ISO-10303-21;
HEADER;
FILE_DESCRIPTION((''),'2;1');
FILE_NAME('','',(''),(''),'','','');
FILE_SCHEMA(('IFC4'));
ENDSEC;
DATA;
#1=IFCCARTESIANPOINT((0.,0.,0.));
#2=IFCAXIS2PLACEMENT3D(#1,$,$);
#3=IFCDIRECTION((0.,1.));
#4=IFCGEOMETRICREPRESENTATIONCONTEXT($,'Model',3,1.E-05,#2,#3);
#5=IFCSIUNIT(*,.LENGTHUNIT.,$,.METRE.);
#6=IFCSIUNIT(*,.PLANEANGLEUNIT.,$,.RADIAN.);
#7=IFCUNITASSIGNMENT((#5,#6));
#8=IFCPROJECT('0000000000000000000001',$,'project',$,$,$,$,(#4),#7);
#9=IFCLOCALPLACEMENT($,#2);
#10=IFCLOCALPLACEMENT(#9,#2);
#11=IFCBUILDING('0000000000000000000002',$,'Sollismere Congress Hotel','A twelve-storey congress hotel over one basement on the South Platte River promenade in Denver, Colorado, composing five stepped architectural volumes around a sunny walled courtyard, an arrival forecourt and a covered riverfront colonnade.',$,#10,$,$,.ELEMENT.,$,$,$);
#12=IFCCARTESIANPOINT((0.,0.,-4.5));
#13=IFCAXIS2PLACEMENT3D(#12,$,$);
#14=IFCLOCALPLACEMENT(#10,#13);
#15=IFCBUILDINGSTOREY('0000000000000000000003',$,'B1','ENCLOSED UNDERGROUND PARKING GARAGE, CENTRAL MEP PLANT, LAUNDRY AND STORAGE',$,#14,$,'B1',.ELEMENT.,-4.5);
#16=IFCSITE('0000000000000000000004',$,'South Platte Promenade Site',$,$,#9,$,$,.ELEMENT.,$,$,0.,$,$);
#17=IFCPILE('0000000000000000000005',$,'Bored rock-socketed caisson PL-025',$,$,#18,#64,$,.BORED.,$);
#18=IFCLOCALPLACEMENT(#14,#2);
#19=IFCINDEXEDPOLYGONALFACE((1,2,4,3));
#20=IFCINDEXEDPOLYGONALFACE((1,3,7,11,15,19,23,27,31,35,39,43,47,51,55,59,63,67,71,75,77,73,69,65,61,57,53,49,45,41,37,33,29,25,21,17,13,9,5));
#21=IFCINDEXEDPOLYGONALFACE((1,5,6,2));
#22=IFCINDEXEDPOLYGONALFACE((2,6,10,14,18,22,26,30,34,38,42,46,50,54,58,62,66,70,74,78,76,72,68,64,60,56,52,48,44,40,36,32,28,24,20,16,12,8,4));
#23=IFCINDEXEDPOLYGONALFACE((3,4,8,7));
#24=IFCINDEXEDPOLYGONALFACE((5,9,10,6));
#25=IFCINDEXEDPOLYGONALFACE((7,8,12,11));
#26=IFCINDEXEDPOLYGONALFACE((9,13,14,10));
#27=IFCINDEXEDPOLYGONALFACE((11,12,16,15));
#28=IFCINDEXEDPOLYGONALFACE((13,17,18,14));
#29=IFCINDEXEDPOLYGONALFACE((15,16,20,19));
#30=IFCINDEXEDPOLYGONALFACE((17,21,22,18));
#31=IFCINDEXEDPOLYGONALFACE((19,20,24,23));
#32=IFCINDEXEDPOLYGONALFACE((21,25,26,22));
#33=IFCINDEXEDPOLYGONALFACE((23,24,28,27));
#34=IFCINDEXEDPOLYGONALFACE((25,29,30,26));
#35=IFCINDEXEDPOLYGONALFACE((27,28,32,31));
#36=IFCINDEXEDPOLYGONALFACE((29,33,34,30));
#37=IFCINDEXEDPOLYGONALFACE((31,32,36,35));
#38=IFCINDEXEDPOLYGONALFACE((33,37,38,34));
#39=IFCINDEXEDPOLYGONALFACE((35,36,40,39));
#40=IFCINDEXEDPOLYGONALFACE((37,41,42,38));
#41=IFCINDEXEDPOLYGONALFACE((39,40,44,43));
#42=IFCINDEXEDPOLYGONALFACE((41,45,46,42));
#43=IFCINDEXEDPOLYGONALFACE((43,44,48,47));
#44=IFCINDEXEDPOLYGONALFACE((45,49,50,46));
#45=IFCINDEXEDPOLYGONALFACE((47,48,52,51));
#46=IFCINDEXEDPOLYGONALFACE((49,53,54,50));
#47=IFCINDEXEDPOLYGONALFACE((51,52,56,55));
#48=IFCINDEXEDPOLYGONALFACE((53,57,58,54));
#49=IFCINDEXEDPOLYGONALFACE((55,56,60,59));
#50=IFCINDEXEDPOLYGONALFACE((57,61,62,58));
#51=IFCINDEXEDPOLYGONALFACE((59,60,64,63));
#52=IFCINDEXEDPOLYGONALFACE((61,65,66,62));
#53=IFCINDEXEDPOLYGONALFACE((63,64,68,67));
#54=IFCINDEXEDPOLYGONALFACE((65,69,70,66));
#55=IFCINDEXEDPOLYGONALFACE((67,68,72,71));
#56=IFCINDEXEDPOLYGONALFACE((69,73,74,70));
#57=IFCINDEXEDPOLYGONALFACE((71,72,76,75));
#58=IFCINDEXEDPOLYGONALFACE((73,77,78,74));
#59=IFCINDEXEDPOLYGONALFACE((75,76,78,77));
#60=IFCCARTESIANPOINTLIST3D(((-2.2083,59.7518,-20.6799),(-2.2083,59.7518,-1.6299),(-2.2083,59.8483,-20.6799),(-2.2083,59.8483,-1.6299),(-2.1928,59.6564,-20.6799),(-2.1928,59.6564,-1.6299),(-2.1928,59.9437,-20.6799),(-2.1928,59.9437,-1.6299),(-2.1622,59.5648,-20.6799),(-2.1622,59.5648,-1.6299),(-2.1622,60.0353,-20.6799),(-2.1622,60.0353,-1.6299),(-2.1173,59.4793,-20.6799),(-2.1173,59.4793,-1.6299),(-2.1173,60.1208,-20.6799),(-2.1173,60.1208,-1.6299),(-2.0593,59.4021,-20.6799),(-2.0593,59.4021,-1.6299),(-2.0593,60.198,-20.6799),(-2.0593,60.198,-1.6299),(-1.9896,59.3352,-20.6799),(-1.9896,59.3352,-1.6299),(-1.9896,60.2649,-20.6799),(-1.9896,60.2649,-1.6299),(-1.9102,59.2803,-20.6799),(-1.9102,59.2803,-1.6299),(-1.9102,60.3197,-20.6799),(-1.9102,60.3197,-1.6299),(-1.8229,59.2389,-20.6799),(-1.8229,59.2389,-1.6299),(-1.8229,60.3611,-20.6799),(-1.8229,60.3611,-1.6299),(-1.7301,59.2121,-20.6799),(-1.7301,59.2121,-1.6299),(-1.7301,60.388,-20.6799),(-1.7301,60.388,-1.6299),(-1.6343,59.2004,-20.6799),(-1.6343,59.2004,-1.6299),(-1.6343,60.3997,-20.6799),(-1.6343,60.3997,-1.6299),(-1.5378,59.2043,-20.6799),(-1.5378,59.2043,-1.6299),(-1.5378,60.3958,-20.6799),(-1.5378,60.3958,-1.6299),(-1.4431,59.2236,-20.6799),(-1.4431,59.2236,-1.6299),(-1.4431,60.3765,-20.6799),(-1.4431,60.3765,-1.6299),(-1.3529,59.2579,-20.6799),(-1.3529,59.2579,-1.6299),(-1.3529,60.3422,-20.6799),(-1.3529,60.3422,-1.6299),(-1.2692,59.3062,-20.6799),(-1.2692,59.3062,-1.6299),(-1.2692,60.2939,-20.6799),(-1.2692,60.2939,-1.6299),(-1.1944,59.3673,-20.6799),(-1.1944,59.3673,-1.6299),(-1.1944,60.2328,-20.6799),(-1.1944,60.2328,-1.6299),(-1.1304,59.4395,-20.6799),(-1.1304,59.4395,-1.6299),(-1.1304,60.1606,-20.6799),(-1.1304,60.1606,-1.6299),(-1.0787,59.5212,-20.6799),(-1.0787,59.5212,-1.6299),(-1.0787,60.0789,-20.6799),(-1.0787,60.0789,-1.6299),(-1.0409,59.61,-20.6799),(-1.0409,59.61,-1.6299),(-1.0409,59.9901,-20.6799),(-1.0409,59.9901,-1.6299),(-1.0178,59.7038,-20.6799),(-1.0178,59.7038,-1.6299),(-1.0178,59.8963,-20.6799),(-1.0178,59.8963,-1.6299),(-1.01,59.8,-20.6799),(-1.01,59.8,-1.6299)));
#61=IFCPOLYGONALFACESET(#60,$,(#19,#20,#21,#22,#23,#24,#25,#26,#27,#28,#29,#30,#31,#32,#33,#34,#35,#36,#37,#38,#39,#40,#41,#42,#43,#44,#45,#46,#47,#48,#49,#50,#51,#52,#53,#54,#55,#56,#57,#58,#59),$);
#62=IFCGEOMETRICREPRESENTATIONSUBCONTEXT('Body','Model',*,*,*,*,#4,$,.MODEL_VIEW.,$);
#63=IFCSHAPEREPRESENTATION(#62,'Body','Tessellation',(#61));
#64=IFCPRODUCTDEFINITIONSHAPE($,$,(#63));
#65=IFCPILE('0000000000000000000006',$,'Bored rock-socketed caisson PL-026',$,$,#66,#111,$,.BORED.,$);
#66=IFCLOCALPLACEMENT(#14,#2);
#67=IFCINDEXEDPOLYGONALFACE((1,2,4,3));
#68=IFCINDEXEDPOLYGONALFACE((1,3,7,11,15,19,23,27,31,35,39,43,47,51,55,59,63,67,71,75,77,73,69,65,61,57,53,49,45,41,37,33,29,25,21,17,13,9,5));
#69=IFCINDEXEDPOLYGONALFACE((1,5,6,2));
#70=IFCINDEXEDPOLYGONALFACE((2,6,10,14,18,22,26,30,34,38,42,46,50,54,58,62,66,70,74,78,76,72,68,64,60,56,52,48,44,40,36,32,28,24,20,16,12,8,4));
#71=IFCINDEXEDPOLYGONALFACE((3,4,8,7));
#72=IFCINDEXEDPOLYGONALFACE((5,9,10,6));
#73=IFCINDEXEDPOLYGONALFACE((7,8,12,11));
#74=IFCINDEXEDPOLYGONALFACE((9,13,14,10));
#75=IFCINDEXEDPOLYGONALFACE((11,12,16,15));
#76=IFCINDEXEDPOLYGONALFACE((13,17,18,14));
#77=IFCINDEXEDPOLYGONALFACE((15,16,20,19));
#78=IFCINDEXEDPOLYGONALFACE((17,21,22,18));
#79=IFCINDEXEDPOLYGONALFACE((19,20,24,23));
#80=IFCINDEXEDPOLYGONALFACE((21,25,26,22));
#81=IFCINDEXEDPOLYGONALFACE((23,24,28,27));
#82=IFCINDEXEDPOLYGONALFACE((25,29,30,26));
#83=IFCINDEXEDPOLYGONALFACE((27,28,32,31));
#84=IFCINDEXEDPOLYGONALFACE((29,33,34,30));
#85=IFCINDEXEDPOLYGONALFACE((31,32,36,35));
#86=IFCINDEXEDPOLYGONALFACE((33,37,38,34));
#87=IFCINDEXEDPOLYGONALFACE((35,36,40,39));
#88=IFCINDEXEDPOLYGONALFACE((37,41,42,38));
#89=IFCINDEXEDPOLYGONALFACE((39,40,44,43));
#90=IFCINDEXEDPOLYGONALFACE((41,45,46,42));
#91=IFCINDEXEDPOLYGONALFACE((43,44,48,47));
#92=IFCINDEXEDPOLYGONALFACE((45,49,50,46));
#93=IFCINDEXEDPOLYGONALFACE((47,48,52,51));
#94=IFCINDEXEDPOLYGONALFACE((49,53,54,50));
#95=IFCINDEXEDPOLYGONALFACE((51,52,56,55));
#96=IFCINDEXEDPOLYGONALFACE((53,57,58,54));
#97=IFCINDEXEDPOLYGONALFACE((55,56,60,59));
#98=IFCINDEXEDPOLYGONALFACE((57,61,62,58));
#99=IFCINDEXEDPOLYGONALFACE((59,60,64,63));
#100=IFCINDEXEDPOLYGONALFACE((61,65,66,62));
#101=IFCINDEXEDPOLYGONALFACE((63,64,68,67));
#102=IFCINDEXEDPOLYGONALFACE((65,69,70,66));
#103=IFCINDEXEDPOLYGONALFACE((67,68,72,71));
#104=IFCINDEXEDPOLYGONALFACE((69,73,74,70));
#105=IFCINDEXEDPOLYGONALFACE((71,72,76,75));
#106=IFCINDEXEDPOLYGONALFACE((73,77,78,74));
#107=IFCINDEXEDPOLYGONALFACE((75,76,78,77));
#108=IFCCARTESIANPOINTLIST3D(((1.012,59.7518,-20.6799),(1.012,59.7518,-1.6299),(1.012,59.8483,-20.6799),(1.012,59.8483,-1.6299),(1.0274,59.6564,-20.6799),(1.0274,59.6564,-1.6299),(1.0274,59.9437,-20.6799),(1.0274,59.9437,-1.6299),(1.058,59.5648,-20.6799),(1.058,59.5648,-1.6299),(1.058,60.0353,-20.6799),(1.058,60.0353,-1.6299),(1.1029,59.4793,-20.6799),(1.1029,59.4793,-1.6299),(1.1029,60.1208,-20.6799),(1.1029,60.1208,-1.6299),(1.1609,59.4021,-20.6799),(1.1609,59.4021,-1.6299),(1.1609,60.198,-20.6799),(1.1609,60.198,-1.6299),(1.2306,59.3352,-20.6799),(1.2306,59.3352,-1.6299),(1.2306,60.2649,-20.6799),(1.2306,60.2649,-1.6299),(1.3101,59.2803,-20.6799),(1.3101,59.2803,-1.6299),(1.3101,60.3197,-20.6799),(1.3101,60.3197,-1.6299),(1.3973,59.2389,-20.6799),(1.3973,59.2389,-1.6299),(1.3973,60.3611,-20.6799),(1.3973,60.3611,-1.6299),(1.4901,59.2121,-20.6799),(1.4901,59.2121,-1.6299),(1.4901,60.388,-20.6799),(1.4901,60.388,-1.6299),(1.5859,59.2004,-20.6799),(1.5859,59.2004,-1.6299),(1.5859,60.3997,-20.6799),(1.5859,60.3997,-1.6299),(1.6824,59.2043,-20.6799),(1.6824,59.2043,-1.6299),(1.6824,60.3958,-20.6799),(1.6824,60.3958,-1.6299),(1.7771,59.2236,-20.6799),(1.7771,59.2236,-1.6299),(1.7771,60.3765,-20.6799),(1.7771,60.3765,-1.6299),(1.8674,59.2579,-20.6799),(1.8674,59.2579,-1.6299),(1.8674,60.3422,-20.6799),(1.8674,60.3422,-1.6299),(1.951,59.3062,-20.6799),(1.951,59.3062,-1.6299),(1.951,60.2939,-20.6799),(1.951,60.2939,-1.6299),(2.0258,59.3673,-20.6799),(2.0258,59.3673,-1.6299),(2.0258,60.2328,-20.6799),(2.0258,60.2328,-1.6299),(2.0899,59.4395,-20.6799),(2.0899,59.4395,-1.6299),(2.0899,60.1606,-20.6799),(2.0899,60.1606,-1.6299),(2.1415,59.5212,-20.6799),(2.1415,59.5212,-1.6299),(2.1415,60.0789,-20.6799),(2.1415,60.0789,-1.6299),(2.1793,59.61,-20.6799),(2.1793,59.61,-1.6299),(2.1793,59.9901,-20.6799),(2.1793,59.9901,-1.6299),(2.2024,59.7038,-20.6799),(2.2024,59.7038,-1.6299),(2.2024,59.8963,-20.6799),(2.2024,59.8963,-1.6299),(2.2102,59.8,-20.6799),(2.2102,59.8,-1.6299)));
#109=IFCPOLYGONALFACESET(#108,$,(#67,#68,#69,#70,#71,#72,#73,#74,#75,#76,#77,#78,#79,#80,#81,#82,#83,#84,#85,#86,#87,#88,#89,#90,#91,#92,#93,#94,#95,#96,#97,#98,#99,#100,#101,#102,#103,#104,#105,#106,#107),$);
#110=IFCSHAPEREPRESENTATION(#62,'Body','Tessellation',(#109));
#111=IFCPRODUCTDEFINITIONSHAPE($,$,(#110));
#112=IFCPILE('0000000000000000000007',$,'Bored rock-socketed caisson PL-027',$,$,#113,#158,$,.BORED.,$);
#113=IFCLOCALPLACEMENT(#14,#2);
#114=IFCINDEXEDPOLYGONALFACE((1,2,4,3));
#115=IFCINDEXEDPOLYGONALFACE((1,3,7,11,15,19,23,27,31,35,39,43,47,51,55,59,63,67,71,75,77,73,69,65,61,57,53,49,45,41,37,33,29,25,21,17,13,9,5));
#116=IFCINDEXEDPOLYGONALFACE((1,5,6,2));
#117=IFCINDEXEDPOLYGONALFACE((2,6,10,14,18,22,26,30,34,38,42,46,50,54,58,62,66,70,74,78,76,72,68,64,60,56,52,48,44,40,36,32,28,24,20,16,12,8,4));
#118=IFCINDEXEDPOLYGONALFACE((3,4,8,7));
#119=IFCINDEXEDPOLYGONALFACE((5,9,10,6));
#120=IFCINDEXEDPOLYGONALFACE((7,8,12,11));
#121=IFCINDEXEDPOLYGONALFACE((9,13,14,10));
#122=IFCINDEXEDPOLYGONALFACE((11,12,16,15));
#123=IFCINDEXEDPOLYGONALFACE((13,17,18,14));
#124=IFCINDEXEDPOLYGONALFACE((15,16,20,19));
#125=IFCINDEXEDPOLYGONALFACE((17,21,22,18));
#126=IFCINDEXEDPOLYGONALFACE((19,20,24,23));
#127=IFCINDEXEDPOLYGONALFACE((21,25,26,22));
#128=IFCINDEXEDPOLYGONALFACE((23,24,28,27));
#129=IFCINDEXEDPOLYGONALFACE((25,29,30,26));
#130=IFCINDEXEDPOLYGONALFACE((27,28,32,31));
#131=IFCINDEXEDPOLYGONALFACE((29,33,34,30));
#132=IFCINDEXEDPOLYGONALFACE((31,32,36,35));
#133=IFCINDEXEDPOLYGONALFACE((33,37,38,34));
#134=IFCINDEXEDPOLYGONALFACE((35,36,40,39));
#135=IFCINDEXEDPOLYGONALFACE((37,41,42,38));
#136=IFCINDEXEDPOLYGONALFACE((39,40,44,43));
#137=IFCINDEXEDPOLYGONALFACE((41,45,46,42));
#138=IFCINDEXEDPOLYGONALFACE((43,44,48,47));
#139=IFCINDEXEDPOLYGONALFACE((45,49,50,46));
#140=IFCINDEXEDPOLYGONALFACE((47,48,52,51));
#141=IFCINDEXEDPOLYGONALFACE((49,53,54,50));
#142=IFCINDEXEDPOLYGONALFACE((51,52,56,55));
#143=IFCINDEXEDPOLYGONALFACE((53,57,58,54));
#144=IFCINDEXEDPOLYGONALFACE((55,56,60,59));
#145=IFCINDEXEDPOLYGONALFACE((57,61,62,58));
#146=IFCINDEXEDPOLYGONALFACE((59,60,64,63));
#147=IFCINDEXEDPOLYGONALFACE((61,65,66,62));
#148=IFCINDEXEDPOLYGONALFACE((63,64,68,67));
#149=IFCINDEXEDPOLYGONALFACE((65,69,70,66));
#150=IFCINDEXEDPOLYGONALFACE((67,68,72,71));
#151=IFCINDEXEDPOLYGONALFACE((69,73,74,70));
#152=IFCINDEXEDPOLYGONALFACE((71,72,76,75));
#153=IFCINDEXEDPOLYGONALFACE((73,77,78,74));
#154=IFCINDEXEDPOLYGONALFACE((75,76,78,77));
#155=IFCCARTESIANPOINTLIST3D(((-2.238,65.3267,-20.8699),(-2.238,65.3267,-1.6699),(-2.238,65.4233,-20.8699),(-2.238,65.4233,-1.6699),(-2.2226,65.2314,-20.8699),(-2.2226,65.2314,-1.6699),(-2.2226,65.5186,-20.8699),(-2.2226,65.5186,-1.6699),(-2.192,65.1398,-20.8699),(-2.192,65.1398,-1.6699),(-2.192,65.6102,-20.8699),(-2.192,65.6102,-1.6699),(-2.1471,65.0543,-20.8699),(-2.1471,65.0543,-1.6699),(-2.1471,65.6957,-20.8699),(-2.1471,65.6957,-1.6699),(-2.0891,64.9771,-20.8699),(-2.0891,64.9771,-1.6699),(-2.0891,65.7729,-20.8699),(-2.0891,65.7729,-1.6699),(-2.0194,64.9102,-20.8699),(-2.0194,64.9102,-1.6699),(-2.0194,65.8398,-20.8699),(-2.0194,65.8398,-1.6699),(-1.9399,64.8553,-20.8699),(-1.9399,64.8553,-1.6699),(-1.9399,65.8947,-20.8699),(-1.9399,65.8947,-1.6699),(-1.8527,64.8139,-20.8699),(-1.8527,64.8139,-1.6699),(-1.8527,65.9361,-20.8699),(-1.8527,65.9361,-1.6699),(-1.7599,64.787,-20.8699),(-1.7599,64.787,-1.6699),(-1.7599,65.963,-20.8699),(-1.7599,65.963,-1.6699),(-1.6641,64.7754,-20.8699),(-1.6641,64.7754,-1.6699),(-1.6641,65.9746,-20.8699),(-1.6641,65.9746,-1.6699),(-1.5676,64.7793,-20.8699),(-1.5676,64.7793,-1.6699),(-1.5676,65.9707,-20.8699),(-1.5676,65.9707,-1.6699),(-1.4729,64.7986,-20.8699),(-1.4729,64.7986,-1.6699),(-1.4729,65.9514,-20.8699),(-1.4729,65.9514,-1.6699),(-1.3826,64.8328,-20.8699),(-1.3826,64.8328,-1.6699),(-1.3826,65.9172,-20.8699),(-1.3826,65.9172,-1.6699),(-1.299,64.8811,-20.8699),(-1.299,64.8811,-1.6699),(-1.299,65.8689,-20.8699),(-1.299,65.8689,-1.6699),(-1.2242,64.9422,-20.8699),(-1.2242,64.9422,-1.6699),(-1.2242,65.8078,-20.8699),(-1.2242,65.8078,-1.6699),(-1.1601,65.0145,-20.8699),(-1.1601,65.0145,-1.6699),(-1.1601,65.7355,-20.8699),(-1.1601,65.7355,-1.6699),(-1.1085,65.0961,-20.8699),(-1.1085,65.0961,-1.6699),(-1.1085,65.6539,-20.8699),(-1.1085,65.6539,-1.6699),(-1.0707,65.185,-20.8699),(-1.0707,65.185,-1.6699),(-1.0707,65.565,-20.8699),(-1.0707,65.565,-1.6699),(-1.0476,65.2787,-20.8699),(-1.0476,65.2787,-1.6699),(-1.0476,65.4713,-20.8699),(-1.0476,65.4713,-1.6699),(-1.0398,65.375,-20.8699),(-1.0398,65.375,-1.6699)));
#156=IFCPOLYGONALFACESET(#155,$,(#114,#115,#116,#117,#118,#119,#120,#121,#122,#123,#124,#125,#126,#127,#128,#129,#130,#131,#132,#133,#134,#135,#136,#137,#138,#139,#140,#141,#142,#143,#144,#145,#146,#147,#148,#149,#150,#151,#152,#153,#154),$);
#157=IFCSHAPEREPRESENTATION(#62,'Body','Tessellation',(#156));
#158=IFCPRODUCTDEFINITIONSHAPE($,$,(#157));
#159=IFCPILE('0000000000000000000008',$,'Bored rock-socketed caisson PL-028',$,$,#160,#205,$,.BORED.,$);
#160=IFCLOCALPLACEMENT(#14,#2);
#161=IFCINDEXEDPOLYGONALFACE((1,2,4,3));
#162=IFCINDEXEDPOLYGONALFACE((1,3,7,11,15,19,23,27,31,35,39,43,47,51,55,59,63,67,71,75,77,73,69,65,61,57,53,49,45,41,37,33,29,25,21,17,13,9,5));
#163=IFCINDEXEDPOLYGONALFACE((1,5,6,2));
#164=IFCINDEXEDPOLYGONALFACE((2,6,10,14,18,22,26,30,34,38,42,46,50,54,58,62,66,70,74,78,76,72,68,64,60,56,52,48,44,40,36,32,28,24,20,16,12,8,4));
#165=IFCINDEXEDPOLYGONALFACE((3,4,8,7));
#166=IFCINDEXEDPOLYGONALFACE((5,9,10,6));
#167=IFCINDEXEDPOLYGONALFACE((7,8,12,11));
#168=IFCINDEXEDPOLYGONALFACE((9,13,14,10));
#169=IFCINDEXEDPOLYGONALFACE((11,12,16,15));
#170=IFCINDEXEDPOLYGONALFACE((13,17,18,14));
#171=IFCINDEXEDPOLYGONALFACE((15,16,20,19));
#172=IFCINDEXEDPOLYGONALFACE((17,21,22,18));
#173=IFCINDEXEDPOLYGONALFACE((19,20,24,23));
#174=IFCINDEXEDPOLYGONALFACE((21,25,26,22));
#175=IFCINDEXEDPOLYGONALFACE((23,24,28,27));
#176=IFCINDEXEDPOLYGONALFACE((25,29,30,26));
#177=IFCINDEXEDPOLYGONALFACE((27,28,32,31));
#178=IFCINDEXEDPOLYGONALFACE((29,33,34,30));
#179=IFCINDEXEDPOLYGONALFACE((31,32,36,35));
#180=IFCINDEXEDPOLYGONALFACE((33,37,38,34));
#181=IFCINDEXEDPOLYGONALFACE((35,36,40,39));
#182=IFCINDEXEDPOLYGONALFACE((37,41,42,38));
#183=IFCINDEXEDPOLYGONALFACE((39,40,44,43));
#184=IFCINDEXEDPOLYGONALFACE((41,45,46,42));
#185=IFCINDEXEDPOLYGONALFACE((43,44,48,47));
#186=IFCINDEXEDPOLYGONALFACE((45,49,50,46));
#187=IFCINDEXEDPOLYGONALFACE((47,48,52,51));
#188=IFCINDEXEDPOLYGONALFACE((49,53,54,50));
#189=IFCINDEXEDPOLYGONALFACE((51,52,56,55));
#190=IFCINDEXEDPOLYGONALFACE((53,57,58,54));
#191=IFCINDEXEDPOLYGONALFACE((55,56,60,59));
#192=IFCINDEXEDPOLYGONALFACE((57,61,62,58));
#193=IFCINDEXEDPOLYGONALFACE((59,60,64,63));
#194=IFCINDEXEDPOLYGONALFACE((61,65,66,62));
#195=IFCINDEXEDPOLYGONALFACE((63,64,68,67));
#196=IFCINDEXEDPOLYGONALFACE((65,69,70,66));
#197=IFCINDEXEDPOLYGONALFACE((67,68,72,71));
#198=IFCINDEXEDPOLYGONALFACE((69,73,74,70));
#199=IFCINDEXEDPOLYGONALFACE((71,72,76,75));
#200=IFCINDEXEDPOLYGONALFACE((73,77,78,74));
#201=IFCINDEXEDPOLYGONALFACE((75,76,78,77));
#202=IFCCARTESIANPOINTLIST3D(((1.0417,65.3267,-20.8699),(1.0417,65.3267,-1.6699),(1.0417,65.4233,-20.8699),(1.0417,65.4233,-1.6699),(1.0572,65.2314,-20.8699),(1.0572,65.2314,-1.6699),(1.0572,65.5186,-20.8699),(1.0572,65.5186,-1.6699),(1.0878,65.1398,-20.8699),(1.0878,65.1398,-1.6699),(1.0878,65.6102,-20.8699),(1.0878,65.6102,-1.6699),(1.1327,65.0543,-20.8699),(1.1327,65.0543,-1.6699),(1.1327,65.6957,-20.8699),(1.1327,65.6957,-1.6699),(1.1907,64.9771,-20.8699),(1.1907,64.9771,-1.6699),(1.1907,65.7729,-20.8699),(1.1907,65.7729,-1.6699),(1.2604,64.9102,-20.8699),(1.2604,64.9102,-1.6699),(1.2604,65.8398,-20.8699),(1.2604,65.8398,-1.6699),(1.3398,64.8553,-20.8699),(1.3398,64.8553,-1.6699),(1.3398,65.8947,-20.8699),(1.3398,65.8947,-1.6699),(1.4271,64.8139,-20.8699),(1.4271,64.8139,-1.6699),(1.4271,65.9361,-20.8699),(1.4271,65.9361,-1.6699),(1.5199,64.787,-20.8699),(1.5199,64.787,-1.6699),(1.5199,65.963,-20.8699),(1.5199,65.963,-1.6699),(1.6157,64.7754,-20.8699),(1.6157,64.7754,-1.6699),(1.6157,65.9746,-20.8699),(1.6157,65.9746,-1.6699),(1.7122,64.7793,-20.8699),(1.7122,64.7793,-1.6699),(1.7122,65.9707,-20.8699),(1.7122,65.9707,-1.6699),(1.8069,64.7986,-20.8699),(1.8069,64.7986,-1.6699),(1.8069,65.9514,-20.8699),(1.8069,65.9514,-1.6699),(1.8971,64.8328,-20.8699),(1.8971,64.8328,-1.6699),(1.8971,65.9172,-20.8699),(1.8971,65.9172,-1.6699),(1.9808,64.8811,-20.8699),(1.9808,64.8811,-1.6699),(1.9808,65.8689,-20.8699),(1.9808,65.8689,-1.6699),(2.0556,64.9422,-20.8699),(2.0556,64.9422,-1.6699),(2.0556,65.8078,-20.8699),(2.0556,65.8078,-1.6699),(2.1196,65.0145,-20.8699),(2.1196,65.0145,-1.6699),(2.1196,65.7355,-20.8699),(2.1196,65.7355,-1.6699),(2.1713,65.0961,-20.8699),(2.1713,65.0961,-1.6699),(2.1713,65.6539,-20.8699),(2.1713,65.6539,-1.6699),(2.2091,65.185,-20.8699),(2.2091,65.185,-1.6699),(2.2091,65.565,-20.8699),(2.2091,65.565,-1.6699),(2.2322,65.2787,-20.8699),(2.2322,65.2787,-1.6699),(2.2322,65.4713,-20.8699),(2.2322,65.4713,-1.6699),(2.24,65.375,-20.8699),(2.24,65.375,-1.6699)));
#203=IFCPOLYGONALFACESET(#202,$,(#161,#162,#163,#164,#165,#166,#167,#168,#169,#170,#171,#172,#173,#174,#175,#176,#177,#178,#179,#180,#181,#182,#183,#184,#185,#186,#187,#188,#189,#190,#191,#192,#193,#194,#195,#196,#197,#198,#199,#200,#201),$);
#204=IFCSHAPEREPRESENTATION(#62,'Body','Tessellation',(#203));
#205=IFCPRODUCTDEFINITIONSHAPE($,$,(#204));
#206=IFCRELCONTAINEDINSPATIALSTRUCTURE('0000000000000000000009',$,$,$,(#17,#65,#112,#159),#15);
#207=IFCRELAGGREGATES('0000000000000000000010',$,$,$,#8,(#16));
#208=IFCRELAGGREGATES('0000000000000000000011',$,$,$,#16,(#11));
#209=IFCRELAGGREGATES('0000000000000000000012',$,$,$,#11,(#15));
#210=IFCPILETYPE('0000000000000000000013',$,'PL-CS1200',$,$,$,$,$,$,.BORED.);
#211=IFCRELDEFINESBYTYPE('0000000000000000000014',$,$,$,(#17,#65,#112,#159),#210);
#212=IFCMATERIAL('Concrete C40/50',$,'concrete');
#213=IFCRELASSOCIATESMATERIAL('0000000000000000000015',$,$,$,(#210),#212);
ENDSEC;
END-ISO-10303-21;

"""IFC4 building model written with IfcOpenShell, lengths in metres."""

from ifc_helpers import new_model, si_unit, direction, frame, origin, origin_2d, place, context, subcontext, project, spatial, circle, extrude, material, material_profile, profile_set, type_object, element, save


model = new_model("IFC4")

# Units and contexts
model_context = context("Model", 3, precision=1e-05, world=origin(), true_north=direction((0.0, 1.0)))
body_context = subcontext(model_context, "Body", "Model", "MODEL_VIEW")
ifc_project = project(units=[si_unit("LENGTHUNIT", "METRE"), si_unit("PLANEANGLEUNIT", "RADIAN")], contexts=[model_context])

# Site, building, storey
site_placement = place(None, origin())
site = spatial("IfcSite", under=ifc_project, at=site_placement, Name="South Platte Promenade Site", CompositionType="ELEMENT", RefElevation=0.0)
building_placement = place(site_placement, origin())
building = spatial("IfcBuilding", under=site, at=building_placement, Name="Sollismere Congress Hotel", Description="A twelve-storey congress hotel over one basement on the South Platte River promenade in Denver, Colorado, composing five stepped architectural volumes around a sunny walled courtyard, an arrival forecourt and a covered riverfront colonnade.", CompositionType="ELEMENT")
storey_placement = place(building_placement, frame((0.0, 0.0, -4.5)))
storey = spatial("IfcBuildingStorey", under=building, at=storey_placement, Name="B1", Description="ENCLOSED UNDERGROUND PARKING GARAGE, CENTRAL MEP PLANT, LAUNDRY AND STORAGE", LongName="B1", CompositionType="ELEMENT", Elevation=-4.5)

# Shared definitions
ifc_material_1 = material(Name="Concrete C40/50", Category="concrete")

# Piles
ifc_material_profile_1 = material_profile(ifc_material_1, circle(Radius=0.6001, at=origin_2d()), Name="CAISSON1200")
ifc_profile_set_1 = profile_set([ifc_material_profile_1], Name="Concrete C40/50")
pile_type = type_object("IfcPileType", Name="PL-CS1200", PredefinedType="BORED", material=ifc_profile_set_1)
for number, where, z_axis, x_axis, name in (
    (1, (-1.6101, 59.8, -1.6299), (0.0, 0.0, -1.0), (1.0, 0.0, 0.0), "Bored rock-socketed caisson PL-025"),
    (2, (1.6101, 59.8, -1.6299), (0.0, 0.0, -1.0), (1.0, 0.0, 0.0), "Bored rock-socketed caisson PL-026"),
):
    element("IfcPile", number, at=place(storey_placement, frame(where, z_axis=z_axis, x_axis=x_axis)), inside=storey, type_object=pile_type, Name=name, PredefinedType="BORED", context=body_context, shape_type="SweptSolid", body=[
        extrude(circle(Radius=0.6001, at=origin_2d()), origin(), (0.0, 0.0, 1.0), 19.05),
    ])
for number, where, z_axis, x_axis, name in (
    (3, (-1.6399, 65.375, -1.6699), (0.0, 0.0, -1.0), (1.0, 0.0, 0.0), "Bored rock-socketed caisson PL-027"),
    (4, (1.6399, 65.375, -1.6699), (0.0, 0.0, -1.0), (1.0, 0.0, 0.0), "Bored rock-socketed caisson PL-028"),
):
    element("IfcPile", number, at=place(storey_placement, frame(where, z_axis=z_axis, x_axis=x_axis)), inside=storey, type_object=pile_type, Name=name, PredefinedType="BORED", context=body_context, shape_type="SweptSolid", body=[
        extrude(circle(Radius=0.6001, at=origin_2d()), origin(), (0.0, 0.0, 1.0), 19.2),
    ])

save(model, "model.ifc")
